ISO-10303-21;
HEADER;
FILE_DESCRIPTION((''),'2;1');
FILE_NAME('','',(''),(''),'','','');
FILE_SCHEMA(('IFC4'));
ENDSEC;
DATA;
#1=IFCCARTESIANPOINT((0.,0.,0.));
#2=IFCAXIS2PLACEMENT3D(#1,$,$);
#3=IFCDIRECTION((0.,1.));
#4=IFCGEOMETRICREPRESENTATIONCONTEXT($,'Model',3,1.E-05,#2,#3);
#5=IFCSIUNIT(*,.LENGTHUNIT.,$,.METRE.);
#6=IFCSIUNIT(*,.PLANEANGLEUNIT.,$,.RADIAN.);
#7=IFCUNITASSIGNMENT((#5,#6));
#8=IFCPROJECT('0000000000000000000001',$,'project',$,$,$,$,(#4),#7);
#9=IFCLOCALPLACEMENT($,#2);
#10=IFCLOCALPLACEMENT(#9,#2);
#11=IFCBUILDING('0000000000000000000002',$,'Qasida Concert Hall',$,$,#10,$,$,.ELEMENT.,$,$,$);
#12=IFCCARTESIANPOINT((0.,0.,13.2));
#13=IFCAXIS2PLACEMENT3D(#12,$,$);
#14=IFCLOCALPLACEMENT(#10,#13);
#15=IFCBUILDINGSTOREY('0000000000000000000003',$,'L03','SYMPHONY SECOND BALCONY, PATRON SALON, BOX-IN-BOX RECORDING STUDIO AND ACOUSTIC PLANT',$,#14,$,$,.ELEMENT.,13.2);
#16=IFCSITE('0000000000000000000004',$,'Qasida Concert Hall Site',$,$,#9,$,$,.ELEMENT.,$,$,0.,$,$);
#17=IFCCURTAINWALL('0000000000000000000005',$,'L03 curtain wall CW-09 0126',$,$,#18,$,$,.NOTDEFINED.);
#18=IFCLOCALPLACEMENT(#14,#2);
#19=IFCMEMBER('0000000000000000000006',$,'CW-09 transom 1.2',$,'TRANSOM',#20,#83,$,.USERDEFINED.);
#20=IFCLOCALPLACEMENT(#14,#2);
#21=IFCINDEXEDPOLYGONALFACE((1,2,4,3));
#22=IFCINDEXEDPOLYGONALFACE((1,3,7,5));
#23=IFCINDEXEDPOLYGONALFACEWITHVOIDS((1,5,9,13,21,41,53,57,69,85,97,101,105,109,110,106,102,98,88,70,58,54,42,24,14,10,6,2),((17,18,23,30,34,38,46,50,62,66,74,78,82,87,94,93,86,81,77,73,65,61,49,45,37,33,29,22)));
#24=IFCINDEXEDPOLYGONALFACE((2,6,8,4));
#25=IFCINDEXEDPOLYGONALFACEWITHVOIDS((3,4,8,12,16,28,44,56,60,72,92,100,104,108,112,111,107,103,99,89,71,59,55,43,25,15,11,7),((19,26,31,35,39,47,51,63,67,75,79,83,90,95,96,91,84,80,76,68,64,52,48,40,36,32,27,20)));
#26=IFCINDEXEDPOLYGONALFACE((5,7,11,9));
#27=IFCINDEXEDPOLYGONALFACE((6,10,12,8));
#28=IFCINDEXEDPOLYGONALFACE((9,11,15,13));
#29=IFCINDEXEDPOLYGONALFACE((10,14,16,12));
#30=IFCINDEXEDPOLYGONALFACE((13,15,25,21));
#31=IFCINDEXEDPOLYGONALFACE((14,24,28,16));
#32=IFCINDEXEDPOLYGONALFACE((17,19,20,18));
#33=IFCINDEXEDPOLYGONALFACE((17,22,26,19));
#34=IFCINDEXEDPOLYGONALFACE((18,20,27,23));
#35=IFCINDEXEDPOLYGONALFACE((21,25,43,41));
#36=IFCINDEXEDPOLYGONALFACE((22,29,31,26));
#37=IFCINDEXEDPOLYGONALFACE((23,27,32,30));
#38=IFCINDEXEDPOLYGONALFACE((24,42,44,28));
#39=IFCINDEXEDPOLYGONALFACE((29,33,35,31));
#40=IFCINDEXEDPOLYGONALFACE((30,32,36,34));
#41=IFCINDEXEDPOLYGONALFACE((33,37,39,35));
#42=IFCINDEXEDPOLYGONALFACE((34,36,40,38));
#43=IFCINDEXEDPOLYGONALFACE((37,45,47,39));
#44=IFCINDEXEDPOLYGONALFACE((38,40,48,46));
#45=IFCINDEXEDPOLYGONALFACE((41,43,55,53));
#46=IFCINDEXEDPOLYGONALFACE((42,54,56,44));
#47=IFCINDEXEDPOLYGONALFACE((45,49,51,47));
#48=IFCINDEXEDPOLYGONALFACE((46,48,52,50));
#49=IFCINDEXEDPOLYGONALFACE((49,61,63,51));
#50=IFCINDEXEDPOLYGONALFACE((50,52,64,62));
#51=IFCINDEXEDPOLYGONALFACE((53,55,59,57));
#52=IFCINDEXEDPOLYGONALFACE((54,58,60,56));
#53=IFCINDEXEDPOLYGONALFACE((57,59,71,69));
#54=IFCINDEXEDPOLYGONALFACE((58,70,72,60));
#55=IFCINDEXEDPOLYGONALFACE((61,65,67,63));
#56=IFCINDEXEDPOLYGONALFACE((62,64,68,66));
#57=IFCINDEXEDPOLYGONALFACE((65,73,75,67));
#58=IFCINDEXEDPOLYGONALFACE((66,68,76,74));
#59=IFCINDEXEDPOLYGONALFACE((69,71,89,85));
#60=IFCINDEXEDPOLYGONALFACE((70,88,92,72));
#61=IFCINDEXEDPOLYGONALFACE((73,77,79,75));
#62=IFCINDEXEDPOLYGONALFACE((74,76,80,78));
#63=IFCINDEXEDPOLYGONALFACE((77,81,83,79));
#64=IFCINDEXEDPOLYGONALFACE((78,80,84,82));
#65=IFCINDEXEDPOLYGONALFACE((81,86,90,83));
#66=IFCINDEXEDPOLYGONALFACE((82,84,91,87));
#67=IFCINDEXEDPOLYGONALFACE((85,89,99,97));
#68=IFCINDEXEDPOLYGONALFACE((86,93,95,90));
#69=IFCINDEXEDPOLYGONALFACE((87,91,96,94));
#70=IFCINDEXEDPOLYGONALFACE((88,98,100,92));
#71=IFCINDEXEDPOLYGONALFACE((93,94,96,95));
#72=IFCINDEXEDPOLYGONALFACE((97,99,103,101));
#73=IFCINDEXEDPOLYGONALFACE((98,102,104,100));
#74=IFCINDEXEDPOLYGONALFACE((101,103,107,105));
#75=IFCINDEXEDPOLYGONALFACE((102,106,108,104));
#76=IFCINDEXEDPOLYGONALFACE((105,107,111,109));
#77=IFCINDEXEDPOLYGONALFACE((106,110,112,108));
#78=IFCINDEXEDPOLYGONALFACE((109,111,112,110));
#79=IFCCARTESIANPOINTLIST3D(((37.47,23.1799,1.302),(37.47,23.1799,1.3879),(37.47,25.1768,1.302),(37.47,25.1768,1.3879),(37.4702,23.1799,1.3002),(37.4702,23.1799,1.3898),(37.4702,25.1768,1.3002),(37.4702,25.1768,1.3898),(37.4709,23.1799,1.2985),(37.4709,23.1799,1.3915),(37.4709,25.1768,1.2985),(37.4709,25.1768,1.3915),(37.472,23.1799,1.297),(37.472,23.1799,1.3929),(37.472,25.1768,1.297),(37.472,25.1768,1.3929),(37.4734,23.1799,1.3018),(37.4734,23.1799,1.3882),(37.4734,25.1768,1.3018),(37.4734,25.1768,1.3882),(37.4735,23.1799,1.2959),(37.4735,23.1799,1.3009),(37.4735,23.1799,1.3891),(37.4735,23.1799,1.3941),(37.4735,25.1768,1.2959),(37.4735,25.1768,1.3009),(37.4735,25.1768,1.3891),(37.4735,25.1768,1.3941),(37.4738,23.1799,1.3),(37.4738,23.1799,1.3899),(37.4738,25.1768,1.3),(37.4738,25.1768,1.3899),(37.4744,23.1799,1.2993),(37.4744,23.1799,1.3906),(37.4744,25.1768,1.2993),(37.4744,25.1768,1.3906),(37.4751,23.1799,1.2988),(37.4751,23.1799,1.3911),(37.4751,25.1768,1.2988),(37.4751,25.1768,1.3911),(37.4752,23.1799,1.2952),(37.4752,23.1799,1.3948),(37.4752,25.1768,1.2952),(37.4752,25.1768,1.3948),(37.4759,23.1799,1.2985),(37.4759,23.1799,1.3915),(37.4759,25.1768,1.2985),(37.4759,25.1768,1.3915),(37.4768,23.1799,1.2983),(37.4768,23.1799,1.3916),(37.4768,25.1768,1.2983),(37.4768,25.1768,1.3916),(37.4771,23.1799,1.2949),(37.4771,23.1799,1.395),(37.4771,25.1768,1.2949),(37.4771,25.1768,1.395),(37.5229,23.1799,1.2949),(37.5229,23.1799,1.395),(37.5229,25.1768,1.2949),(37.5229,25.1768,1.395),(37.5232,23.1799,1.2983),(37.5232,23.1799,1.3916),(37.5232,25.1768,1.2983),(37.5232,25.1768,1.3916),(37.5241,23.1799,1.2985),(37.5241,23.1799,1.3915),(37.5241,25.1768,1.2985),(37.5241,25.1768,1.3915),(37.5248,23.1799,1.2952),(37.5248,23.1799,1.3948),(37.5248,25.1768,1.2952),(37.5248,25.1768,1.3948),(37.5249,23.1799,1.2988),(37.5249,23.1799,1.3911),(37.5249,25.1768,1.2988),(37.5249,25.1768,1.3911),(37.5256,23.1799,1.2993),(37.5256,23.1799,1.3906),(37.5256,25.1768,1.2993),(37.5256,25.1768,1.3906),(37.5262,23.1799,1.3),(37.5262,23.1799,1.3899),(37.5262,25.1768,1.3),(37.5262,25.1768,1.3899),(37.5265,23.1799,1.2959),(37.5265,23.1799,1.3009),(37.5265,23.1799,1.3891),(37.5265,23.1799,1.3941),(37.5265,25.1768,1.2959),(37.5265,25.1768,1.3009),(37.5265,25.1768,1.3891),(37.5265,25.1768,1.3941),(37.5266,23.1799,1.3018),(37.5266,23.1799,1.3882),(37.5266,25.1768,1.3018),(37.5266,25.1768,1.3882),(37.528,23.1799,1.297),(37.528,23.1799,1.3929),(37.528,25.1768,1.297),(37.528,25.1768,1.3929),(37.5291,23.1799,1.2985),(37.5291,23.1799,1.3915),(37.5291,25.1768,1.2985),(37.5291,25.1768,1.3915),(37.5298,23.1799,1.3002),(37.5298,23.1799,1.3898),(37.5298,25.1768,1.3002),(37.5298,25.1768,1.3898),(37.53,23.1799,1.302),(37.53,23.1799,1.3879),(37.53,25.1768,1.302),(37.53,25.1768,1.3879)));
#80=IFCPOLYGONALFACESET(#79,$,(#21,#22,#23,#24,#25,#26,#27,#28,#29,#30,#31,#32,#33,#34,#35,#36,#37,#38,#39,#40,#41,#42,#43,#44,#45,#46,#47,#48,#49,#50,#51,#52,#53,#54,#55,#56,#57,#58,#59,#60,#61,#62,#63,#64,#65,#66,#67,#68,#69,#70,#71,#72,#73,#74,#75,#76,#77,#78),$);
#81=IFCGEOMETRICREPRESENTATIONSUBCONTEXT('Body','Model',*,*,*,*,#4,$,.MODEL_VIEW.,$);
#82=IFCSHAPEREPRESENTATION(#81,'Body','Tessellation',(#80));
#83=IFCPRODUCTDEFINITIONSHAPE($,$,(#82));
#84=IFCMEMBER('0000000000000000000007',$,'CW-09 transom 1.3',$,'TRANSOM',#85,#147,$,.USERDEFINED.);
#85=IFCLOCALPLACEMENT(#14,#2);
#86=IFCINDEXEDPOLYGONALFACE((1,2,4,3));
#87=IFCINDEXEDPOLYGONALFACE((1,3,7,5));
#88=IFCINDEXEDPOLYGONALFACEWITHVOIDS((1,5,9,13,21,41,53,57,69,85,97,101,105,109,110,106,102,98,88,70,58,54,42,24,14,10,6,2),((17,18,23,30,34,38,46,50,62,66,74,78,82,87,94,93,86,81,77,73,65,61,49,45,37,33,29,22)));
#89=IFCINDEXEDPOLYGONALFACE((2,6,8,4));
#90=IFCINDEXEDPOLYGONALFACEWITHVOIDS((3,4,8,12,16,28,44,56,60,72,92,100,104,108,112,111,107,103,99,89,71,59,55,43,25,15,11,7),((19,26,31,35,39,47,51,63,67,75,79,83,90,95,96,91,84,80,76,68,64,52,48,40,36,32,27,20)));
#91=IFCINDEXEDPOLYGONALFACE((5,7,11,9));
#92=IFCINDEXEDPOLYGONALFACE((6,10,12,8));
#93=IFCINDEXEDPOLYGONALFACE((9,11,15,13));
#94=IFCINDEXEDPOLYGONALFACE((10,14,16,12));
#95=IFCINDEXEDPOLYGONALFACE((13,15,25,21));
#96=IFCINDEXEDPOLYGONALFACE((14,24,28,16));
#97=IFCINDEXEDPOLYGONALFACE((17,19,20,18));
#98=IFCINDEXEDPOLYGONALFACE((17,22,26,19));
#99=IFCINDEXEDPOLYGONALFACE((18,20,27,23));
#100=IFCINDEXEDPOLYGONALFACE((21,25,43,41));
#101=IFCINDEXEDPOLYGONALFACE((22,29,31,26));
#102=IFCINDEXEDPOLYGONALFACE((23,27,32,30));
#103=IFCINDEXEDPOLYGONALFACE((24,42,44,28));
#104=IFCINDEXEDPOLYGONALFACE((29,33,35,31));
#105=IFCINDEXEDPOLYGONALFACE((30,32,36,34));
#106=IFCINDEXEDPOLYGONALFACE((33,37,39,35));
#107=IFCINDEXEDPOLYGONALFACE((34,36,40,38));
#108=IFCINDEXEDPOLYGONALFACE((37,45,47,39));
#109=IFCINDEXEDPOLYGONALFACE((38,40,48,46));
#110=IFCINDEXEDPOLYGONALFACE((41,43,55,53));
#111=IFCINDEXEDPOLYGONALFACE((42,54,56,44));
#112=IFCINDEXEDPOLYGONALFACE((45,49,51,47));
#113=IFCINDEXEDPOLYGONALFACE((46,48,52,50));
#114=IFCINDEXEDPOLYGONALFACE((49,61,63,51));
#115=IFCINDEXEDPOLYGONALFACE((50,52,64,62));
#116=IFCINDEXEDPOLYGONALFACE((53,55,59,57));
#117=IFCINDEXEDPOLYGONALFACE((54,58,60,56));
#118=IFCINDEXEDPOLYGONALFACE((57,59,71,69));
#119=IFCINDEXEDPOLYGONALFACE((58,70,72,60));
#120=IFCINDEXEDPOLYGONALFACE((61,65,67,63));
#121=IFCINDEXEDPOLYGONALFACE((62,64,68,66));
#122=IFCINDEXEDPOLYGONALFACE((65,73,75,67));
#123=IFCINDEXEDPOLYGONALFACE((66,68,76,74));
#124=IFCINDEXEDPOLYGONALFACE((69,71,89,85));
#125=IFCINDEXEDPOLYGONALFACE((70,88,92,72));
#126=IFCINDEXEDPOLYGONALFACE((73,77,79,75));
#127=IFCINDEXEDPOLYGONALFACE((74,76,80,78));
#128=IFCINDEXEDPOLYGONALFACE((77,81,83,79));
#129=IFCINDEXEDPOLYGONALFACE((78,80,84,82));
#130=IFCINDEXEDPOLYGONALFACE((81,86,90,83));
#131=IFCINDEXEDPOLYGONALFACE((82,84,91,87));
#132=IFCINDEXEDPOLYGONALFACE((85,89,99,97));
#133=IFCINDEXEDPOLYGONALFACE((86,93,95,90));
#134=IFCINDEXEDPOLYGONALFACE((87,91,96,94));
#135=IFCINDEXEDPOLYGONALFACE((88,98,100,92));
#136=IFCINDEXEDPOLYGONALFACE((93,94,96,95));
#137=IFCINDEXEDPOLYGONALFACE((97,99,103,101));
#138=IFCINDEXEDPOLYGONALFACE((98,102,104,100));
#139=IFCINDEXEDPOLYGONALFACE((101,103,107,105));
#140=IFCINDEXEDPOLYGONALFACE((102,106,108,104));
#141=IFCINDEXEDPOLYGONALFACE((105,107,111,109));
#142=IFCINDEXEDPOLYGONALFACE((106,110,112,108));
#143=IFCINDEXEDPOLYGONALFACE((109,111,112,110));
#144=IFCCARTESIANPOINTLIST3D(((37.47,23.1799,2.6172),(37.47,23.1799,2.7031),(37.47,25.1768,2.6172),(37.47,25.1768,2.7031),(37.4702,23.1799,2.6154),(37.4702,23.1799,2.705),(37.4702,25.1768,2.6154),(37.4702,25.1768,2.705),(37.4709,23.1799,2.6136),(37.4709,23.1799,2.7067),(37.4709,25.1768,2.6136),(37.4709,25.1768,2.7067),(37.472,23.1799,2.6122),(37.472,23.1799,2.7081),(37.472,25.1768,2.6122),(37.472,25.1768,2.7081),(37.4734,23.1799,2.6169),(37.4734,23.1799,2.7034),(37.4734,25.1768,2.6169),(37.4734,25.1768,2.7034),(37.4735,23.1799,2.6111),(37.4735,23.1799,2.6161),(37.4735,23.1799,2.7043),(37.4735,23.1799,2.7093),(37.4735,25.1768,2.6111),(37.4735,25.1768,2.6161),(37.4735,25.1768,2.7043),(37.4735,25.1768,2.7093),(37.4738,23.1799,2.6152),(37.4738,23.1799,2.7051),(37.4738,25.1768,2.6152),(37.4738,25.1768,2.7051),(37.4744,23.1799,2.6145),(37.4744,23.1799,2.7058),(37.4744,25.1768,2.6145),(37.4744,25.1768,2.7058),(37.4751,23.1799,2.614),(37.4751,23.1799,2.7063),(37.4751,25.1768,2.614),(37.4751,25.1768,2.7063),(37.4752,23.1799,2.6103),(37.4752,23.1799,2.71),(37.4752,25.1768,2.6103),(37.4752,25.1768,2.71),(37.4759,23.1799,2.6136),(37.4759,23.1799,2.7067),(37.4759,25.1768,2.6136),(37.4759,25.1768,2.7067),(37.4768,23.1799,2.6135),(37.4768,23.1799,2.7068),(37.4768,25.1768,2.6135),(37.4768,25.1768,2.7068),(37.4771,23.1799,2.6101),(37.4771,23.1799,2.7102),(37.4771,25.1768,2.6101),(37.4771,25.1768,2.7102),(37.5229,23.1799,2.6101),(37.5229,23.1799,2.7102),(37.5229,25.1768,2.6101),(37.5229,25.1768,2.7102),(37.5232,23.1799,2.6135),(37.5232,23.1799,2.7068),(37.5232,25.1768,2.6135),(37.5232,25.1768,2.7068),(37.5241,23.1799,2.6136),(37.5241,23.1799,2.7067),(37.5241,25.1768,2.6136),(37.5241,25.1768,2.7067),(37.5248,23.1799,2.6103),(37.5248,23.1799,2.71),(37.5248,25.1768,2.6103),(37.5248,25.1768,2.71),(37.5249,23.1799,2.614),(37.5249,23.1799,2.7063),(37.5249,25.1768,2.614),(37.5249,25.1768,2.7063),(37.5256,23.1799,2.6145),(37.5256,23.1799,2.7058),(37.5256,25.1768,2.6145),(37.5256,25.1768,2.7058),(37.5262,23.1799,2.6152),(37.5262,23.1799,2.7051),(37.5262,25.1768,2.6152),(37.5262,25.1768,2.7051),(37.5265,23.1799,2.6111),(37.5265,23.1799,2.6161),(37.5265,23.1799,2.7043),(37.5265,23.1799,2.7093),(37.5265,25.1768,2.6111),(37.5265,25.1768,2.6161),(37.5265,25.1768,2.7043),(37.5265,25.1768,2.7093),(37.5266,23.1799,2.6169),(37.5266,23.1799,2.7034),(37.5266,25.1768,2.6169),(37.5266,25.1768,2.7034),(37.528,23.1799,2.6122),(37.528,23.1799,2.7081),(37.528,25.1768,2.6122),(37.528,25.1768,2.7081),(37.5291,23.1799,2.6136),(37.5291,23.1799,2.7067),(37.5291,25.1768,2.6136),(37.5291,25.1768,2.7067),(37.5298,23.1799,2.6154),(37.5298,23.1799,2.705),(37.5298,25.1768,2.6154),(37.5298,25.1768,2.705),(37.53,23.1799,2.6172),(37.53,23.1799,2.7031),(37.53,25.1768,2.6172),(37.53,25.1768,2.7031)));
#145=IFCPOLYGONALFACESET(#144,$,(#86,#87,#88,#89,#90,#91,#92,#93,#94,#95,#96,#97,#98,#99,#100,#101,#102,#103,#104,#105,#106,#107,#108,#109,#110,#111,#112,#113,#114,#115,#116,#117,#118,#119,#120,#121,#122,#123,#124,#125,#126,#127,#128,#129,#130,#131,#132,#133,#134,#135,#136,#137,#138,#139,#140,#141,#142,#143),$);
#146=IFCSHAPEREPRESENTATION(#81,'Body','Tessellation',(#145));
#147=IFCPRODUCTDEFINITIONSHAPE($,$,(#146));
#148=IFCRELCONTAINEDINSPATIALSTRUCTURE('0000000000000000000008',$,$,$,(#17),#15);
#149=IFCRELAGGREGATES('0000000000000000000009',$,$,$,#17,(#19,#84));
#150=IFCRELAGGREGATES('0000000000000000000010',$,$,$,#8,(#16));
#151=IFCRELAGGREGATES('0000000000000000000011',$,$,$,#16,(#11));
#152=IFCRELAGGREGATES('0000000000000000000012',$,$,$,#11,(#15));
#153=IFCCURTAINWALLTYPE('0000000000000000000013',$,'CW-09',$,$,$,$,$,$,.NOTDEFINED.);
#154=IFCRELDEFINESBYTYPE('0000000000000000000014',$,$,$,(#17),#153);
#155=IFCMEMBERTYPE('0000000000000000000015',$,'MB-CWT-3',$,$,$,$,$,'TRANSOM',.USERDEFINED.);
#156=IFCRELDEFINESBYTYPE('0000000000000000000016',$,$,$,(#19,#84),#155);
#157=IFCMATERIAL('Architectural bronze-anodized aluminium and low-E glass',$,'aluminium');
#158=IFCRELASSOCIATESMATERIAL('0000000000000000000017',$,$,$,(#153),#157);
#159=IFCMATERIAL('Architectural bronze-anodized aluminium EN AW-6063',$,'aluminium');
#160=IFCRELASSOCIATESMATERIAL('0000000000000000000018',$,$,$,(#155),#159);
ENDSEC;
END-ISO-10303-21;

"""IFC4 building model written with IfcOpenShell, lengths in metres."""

from ifc_helpers import new_model, si_unit, direction, frame, origin, origin_2d, place, context, subcontext, project, spatial, hollow_rectangle, extrude, material, material_profile, profile_set, type_object, element, aggregate, save


model = new_model("IFC4")

# Units and contexts
model_context = context("Model", 3, precision=1e-05, world=origin(), true_north=direction((0.0, 1.0)))
body_context = subcontext(model_context, "Body", "Model", "MODEL_VIEW")
ifc_project = project(units=[si_unit("LENGTHUNIT", "METRE"), si_unit("PLANEANGLEUNIT", "RADIAN")], contexts=[model_context])

# Site, building, storey
site_placement = place(None, origin())
site = spatial("IfcSite", under=ifc_project, at=site_placement, Name="Qasida Concert Hall Site", CompositionType="ELEMENT", RefElevation=0.0)
building_placement = place(site_placement, origin())
building = spatial("IfcBuilding", under=site, at=building_placement, Name="Qasida Concert Hall", CompositionType="ELEMENT")
storey_placement = place(building_placement, frame((0.0, 0.0, 13.2)))
storey = spatial("IfcBuildingStorey", under=building, at=storey_placement, Name="L03", Description="SYMPHONY SECOND BALCONY, PATRON SALON, BOX-IN-BOX RECORDING STUDIO AND ACOUSTIC PLANT", CompositionType="ELEMENT", Elevation=13.2)

# Curtain wall
ifc_material_1 = material(Name="Architectural bronze-anodized aluminium and low-E glass", Category="aluminium")
curtain_wall_type = type_object("IfcCurtainWallType", Name="CW-09", PredefinedType="NOTDEFINED", material=ifc_material_1)
ifc_material_2 = material(Name="Architectural bronze-anodized aluminium EN AW-6063", Category="aluminium")
curtain_wall_1_placement = place(storey_placement, origin())
curtain_wall_1 = element("IfcCurtainWall", 1, at=curtain_wall_1_placement, inside=storey, type_object=curtain_wall_type, Name="L03 curtain wall CW-09 0126", PredefinedType="NOTDEFINED")

# Members
ifc_material_profile_1 = material_profile(ifc_material_2, hollow_rectangle(XDim=0.0601, YDim=0.1001, WallThickness=0.0034, InnerFilletRadius=0.0034, OuterFilletRadius=0.0071, at=origin_2d()), Name="CWT 100x60x3.5")
ifc_profile_set_1 = profile_set([ifc_material_profile_1], Name="Architectural bronze-anodized aluminium EN AW-6063")
member_type_1 = type_object("IfcMemberType", Name="MB-CWT-3", ElementType="TRANSOM", PredefinedType="USERDEFINED", material=ifc_profile_set_1)
member_1_placement = place(storey_placement, frame((37.5, 23.1799, 1.345), z_axis=(0.0, 1.0, 0.0), x_axis=(-1.0, 0.0, 0.0)))
member_1 = element("IfcMember", 2, at=member_1_placement, type_object=member_type_1, Name="CW-09 transom 1.2", ObjectType="TRANSOM", PredefinedType="USERDEFINED", context=body_context, shape_type="SweptSolid", body=[
    extrude(hollow_rectangle(XDim=0.0601, YDim=0.1001, WallThickness=0.0034, InnerFilletRadius=0.0034, OuterFilletRadius=0.0071, at=origin_2d()), origin(), (0.0, 0.0, 1.0), 1.9968),
])
member_2_placement = place(storey_placement, frame((37.5, 23.1799, 2.6602), z_axis=(0.0, 1.0, 0.0), x_axis=(-1.0, 0.0, 0.0)))
member_2 = element("IfcMember", 3, at=member_2_placement, type_object=member_type_1, Name="CW-09 transom 1.3", ObjectType="TRANSOM", PredefinedType="USERDEFINED", context=body_context, shape_type="SweptSolid", body=[
    extrude(hollow_rectangle(XDim=0.0601, YDim=0.1001, WallThickness=0.0034, InnerFilletRadius=0.0034, OuterFilletRadius=0.0071, at=origin_2d()), origin(), (0.0, 0.0, 1.0), 1.9968),
])

aggregate(curtain_wall_1, [member_1, member_2])

save(model, "model.ifc")
